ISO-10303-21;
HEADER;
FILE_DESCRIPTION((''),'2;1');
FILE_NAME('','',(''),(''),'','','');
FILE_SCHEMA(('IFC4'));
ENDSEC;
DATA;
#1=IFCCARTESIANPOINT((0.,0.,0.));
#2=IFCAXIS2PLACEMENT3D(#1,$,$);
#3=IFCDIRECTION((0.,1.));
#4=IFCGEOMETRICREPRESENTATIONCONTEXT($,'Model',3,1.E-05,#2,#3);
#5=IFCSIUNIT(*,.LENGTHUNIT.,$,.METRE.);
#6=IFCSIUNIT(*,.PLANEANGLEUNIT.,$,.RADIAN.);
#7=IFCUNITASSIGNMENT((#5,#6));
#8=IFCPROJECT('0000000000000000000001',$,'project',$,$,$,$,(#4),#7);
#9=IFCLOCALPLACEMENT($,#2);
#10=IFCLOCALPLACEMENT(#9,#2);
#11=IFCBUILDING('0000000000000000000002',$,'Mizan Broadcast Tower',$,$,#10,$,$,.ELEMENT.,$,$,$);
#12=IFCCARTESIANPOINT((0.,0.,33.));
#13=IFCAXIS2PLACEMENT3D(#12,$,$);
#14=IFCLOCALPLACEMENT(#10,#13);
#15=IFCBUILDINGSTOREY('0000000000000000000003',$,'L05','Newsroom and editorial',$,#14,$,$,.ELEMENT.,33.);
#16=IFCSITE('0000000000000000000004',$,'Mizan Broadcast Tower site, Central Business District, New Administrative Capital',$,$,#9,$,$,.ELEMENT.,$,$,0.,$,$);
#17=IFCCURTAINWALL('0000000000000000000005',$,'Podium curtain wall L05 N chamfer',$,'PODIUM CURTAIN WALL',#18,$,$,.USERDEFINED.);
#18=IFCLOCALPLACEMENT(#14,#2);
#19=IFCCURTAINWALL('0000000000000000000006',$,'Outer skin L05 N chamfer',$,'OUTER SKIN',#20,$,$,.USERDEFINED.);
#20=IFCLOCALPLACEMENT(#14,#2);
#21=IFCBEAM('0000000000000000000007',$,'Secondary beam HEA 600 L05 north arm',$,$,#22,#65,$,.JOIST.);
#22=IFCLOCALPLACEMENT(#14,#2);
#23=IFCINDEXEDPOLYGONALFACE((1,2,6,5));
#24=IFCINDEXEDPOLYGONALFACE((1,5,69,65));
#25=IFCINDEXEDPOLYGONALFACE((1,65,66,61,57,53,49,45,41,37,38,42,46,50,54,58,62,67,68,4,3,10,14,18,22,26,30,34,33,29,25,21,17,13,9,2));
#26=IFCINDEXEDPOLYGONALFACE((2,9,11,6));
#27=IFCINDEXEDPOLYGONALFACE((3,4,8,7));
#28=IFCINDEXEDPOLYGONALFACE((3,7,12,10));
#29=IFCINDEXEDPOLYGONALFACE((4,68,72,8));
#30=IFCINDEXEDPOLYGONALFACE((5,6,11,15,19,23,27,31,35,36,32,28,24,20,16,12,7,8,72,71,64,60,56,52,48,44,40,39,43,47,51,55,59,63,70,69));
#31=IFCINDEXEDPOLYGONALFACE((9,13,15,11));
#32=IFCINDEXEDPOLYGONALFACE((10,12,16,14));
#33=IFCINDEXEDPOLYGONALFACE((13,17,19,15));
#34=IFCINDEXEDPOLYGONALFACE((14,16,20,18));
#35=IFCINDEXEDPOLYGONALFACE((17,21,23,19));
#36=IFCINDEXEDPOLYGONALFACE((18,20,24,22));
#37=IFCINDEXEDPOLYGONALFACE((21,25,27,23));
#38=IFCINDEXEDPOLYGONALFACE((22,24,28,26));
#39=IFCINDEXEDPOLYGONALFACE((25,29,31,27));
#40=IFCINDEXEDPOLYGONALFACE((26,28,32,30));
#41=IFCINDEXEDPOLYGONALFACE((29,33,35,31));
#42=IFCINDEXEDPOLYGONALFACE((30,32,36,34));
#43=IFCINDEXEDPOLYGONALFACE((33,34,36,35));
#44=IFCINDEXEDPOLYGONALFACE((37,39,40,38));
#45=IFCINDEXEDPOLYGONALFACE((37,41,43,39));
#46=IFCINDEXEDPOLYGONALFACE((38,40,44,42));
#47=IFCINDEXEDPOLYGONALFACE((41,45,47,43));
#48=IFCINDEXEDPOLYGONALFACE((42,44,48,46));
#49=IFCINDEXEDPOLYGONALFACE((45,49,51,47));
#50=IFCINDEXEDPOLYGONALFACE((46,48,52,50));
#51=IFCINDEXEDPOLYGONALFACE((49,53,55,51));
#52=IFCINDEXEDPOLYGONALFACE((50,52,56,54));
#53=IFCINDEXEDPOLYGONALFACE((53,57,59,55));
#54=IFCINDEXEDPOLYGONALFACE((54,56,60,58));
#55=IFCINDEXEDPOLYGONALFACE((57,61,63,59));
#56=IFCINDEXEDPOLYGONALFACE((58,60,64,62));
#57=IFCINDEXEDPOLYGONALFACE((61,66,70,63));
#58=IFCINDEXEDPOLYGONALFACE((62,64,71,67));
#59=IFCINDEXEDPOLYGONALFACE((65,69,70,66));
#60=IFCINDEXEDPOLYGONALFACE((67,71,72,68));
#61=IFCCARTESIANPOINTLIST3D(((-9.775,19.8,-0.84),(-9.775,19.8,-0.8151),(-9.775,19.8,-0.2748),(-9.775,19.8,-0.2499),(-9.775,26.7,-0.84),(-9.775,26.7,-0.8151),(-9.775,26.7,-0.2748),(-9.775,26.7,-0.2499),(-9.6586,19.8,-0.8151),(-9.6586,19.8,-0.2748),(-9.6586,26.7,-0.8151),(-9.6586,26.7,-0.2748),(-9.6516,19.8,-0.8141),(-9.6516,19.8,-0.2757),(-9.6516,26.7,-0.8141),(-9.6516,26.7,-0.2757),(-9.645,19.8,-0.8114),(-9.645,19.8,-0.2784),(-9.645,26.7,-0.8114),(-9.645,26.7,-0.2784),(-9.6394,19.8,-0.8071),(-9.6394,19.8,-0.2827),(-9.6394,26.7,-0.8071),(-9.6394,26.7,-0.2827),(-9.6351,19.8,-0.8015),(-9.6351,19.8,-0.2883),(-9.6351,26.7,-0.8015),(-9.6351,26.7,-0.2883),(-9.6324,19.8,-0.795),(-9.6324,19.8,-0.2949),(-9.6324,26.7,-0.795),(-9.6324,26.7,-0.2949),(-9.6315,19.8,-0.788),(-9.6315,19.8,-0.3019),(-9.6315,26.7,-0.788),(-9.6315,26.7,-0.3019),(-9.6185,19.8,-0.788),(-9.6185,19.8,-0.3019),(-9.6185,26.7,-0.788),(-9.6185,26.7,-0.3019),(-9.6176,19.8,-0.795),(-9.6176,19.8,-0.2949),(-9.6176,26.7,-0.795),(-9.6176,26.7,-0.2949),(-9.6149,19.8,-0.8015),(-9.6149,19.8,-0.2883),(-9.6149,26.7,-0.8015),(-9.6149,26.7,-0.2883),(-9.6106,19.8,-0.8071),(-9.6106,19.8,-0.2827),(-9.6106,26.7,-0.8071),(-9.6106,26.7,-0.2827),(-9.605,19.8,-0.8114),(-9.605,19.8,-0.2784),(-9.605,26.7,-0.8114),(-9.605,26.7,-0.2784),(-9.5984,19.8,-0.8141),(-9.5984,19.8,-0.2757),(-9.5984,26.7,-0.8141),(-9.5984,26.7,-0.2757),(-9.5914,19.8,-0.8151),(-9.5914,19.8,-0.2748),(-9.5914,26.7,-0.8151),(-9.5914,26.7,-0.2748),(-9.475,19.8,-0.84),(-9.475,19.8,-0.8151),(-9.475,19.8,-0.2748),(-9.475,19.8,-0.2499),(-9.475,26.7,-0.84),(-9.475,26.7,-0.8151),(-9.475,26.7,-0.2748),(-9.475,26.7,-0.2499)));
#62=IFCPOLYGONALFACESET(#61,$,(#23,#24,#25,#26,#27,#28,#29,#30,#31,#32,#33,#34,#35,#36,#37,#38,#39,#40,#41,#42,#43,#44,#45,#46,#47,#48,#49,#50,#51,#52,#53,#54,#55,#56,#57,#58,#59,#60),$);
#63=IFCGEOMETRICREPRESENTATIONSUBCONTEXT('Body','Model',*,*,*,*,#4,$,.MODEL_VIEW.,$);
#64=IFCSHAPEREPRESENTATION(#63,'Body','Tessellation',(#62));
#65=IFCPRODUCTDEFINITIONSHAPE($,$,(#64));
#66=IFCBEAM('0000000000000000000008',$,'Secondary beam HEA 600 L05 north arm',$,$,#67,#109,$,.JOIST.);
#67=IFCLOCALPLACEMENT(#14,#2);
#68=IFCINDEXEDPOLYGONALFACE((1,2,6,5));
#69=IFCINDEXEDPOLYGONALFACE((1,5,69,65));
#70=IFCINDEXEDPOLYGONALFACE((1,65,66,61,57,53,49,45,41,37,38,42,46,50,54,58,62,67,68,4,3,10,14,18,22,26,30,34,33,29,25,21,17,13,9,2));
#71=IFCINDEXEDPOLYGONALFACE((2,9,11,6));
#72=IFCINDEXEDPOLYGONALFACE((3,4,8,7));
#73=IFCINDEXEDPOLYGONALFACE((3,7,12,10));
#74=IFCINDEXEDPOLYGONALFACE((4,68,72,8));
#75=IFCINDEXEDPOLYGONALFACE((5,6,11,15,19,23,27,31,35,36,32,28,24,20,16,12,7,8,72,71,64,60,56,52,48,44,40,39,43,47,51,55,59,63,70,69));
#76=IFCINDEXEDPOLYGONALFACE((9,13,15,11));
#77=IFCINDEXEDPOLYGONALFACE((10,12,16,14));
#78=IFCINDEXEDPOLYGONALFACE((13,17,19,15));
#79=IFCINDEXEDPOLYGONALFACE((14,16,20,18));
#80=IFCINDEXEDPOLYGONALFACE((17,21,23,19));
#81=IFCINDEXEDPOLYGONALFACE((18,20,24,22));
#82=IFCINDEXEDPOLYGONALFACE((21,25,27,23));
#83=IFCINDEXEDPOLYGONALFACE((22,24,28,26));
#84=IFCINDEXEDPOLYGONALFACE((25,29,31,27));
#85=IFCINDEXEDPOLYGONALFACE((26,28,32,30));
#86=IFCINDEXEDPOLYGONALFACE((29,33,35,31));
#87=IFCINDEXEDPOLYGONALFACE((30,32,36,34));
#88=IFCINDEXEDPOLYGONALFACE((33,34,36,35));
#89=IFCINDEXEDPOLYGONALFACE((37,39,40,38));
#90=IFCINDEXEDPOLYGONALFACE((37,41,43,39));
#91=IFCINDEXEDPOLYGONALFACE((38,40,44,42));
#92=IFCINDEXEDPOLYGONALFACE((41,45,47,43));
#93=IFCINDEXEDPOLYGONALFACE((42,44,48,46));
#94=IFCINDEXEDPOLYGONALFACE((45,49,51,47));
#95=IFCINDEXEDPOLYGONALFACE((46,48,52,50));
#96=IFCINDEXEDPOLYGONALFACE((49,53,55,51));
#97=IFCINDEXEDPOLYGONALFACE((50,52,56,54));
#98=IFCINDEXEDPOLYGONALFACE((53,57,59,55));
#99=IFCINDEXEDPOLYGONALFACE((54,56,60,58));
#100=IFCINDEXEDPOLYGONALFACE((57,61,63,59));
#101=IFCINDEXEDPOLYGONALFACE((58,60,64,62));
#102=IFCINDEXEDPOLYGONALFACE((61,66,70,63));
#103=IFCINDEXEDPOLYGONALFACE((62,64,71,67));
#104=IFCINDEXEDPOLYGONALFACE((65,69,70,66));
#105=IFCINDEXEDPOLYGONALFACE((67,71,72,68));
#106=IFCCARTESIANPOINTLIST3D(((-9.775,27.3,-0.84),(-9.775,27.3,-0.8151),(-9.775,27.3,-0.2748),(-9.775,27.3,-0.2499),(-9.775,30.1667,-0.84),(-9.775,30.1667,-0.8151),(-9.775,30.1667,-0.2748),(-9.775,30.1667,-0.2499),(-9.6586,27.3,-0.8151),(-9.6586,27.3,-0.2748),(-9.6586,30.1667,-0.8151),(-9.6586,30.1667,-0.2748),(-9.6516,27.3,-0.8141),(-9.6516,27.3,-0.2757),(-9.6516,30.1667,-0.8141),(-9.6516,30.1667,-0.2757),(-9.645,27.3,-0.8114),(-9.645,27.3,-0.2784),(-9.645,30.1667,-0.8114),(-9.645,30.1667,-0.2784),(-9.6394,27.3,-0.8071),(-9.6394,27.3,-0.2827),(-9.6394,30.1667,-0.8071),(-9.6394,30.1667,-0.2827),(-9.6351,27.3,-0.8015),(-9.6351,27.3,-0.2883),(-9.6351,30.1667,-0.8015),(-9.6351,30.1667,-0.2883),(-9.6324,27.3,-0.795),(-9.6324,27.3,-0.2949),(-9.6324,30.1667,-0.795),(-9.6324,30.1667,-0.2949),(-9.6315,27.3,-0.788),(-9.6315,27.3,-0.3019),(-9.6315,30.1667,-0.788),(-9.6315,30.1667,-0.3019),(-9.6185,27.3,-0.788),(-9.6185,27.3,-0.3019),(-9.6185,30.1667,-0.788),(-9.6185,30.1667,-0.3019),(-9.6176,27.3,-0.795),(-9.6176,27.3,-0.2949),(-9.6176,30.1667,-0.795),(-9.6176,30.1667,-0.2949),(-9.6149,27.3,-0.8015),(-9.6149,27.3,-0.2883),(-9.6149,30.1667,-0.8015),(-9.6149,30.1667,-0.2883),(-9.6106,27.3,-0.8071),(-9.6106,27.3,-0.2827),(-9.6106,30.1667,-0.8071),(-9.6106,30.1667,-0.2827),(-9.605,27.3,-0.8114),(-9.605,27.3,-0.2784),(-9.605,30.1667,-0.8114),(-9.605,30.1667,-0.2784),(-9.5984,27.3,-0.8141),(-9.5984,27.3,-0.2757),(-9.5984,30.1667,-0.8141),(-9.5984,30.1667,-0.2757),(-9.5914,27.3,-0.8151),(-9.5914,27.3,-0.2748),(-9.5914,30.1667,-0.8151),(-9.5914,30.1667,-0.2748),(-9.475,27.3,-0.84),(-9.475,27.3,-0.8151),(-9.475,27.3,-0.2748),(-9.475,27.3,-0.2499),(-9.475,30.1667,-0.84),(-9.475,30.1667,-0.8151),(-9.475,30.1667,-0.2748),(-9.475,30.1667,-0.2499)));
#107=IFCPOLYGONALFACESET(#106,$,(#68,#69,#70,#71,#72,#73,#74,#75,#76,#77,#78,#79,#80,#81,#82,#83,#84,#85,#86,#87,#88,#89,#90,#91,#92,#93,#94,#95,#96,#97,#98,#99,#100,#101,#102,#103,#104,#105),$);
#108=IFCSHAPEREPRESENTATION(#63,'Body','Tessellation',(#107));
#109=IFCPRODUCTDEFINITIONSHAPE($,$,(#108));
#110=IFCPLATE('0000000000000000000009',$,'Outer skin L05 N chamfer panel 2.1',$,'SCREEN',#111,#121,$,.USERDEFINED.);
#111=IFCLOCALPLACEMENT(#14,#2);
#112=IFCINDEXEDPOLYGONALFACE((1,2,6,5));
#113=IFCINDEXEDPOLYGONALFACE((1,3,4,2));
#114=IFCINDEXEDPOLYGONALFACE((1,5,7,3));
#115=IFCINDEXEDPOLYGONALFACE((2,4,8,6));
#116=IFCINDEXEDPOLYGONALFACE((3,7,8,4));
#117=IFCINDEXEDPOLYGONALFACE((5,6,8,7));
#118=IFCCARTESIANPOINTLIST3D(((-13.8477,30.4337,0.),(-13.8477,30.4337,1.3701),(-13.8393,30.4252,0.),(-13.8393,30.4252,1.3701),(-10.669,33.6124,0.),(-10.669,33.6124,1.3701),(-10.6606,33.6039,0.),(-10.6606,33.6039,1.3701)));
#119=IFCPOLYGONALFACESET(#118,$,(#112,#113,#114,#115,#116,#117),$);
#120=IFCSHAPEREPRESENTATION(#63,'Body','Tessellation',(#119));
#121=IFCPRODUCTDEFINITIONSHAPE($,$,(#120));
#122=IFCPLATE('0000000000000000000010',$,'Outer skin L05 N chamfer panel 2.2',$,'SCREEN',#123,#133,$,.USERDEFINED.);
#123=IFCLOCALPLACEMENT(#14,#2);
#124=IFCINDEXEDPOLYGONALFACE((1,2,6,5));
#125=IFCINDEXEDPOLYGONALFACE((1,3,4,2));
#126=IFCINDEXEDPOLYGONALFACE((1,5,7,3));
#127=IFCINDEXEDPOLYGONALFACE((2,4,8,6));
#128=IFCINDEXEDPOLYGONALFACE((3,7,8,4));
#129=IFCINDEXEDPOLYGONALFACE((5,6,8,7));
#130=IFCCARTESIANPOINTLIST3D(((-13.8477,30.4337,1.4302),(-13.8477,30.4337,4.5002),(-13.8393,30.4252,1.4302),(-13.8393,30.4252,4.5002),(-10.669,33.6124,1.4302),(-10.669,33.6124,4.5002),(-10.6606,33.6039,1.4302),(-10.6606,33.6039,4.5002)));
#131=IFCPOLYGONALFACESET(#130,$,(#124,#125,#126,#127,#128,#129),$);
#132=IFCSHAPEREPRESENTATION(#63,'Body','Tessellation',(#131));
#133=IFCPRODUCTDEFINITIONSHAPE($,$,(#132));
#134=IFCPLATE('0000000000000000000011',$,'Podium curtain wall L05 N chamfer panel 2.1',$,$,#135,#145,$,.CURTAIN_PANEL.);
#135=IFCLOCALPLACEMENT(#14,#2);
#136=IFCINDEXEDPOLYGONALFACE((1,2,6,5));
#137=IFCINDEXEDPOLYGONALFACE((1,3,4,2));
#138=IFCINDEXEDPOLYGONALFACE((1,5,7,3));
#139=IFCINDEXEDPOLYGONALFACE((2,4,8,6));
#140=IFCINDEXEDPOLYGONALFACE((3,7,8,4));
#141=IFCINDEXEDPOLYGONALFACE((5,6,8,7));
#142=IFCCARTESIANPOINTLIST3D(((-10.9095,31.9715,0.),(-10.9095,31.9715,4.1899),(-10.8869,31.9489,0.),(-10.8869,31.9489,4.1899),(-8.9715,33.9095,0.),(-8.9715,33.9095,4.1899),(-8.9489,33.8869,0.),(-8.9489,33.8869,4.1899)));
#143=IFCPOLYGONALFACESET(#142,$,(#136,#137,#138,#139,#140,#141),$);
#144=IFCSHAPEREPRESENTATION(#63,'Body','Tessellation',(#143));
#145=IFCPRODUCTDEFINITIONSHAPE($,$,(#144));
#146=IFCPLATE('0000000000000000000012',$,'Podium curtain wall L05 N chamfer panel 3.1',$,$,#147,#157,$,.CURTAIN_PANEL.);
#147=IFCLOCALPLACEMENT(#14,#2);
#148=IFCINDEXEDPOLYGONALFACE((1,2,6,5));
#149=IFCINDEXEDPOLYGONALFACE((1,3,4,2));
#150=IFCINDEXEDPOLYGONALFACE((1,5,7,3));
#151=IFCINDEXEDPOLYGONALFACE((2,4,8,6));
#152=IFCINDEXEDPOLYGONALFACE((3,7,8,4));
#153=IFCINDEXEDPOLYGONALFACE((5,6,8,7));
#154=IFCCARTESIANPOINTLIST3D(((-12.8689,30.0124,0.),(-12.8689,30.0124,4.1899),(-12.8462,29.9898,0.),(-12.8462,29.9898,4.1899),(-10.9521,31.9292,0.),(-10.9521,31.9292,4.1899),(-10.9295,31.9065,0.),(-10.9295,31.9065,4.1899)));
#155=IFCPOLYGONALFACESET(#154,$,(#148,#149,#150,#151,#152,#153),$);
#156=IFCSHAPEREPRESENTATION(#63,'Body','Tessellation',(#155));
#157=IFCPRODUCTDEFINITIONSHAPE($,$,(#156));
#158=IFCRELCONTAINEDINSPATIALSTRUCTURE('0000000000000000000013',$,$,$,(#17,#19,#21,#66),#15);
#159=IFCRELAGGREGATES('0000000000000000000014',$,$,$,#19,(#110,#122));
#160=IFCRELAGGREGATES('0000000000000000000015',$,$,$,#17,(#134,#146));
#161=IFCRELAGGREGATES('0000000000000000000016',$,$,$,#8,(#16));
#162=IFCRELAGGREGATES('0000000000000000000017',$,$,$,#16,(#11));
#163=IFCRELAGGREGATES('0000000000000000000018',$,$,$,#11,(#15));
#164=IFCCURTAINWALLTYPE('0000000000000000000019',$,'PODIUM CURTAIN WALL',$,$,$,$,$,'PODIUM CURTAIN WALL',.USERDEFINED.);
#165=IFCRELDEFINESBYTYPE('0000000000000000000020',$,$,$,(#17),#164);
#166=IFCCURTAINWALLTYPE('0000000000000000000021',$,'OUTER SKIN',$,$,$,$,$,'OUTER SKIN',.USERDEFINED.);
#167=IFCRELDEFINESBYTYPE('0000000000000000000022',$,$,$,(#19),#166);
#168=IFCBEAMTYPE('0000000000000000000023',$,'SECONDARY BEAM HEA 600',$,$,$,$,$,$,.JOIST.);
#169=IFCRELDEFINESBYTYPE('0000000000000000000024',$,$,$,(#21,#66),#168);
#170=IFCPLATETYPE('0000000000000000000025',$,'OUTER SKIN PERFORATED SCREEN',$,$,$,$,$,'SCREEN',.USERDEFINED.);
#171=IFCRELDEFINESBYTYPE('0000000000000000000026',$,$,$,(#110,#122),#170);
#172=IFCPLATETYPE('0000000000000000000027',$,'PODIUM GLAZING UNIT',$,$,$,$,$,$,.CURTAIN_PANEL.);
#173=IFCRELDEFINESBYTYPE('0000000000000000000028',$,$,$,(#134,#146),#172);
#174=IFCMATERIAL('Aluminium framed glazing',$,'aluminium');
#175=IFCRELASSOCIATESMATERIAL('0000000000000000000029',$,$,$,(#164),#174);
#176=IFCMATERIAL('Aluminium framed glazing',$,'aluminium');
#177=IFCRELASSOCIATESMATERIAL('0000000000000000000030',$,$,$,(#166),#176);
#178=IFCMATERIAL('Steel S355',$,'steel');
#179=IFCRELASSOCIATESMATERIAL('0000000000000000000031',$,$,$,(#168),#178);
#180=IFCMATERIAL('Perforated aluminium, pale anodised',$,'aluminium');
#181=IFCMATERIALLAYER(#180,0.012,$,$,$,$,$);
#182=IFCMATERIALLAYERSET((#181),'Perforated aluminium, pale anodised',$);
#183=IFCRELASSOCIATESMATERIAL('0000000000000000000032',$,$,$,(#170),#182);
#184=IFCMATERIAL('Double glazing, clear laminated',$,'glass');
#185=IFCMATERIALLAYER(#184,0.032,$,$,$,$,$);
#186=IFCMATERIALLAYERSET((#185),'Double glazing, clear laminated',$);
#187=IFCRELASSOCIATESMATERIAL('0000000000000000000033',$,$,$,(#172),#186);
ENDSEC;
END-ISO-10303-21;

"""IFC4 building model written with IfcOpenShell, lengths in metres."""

from ifc_helpers import new_model, si_unit, direction, frame, origin, origin_2d, place, context, subcontext, project, spatial, rectangle, i_section, extrude, material, layer, layer_set, material_profile, profile_set, type_object, element, aggregate, save


model = new_model("IFC4")

# Units and contexts
model_context = context("Model", 3, precision=1e-05, world=origin(), true_north=direction((0.0, 1.0)))
body_context = subcontext(model_context, "Body", "Model", "MODEL_VIEW")
ifc_project = project(units=[si_unit("LENGTHUNIT", "METRE"), si_unit("PLANEANGLEUNIT", "RADIAN")], contexts=[model_context])

# Site, building, storey
site_placement = place(None, origin())
site = spatial("IfcSite", under=ifc_project, at=site_placement, Name="Mizan Broadcast Tower site, Central Business District, New Administrative Capital", CompositionType="ELEMENT", RefElevation=0.0)
building_placement = place(site_placement, origin())
building = spatial("IfcBuilding", under=site, at=building_placement, Name="Mizan Broadcast Tower", CompositionType="ELEMENT")
storey_placement = place(building_placement, frame((0.0, 0.0, 33.0)))
storey = spatial("IfcBuildingStorey", under=building, at=storey_placement, Name="L05", Description="Newsroom and editorial", CompositionType="ELEMENT", Elevation=33.0)

# Curtain wall
ifc_material_1 = material(Name="Aluminium framed glazing", Category="aluminium")
curtain_wall_type_1 = type_object("IfcCurtainWallType", Name="PODIUM CURTAIN WALL", ElementType="PODIUM CURTAIN WALL", PredefinedType="USERDEFINED", material=ifc_material_1)
curtain_wall_1_placement = place(storey_placement, origin())
curtain_wall_1 = element("IfcCurtainWall", 1, at=curtain_wall_1_placement, inside=storey, type_object=curtain_wall_type_1, Name="Podium curtain wall L05 N chamfer", ObjectType="PODIUM CURTAIN WALL", PredefinedType="USERDEFINED")

# Curtain wall
ifc_material_2 = material(Name="Aluminium framed glazing", Category="aluminium")
curtain_wall_type_2 = type_object("IfcCurtainWallType", Name="OUTER SKIN", ElementType="OUTER SKIN", PredefinedType="USERDEFINED", material=ifc_material_2)
curtain_wall_2_placement = place(storey_placement, origin())
curtain_wall_2 = element("IfcCurtainWall", 2, at=curtain_wall_2_placement, inside=storey, type_object=curtain_wall_type_2, Name="Outer skin L05 N chamfer", ObjectType="OUTER SKIN", PredefinedType="USERDEFINED")

# Beams
ifc_material_3 = material(Name="Steel S355", Category="steel")
ifc_material_profile_1 = material_profile(ifc_material_3, i_section(OverallWidth=0.3, OverallDepth=0.5901, WebThickness=0.0129, FlangeThickness=0.0249, FilletRadius=0.0271, at=origin_2d()), Name="HEA 600")
ifc_profile_set_1 = profile_set([ifc_material_profile_1], Name="Steel S355")
beam_type_1 = type_object("IfcBeamType", Name="SECONDARY BEAM HEA 600", PredefinedType="JOIST", material=ifc_profile_set_1)
beam_1_placement = place(storey_placement, frame((-9.625, 19.8, -0.5449), z_axis=(0.0, 1.0, 0.0), x_axis=(-1.0, 0.0, 0.0)))
element("IfcBeam", 3, at=beam_1_placement, inside=storey, type_object=beam_type_1, Name="Secondary beam HEA 600 L05 north arm", PredefinedType="JOIST", context=body_context, shape_type="SweptSolid", body=[
    extrude(i_section(OverallWidth=0.3, OverallDepth=0.5901, WebThickness=0.0129, FlangeThickness=0.0249, FilletRadius=0.0271, at=origin_2d()), origin(), (0.0, 0.0, 1.0), 6.8999),
])
beam_2_placement = place(storey_placement, frame((-9.625, 27.3, -0.5449), z_axis=(0.0, 1.0, 0.0), x_axis=(-1.0, 0.0, 0.0)))
element("IfcBeam", 4, at=beam_2_placement, inside=storey, type_object=beam_type_1, Name="Secondary beam HEA 600 L05 north arm", PredefinedType="JOIST", context=body_context, shape_type="SweptSolid", body=[
    extrude(i_section(OverallWidth=0.3, OverallDepth=0.5901, WebThickness=0.0129, FlangeThickness=0.0249, FilletRadius=0.0271, at=origin_2d()), origin(), (0.0, 0.0, 1.0), 2.8667),
])

# Plates
ifc_material_4 = material(Name="Perforated aluminium, pale anodised", Category="aluminium")
ifc_layer_1 = layer(ifc_material_4, 0.012)
ifc_layer_set_1 = layer_set([ifc_layer_1], Name="Perforated aluminium, pale anodised")
plate_type_1 = type_object("IfcPlateType", Name="OUTER SKIN PERFORATED SCREEN", ElementType="SCREEN", PredefinedType="USERDEFINED", material=ifc_layer_set_1)
plate_1_placement = place(storey_placement, frame((-12.2542, 32.0188, 0.0), z_axis=(0.0, 0.0, 1.0), x_axis=(-0.707107, -0.707107, 0.0)))
plate_1 = element("IfcPlate", 5, at=plate_1_placement, type_object=plate_type_1, Name="Outer skin L05 N chamfer panel 2.1", ObjectType="SCREEN", PredefinedType="USERDEFINED", context=body_context, shape_type="SweptSolid", body=[
    extrude(rectangle(XDim=4.4954, YDim=0.012, at=origin_2d()), origin(), (0.0, 0.0, 1.0), 1.3701),
])
plate_2_placement = place(storey_placement, frame((-12.2542, 32.0188, 1.4302), z_axis=(0.0, 0.0, 1.0), x_axis=(-0.707107, -0.707107, 0.0)))
plate_2 = element("IfcPlate", 6, at=plate_2_placement, type_object=plate_type_1, Name="Outer skin L05 N chamfer panel 2.2", ObjectType="SCREEN", PredefinedType="USERDEFINED", context=body_context, shape_type="SweptSolid", body=[
    extrude(rectangle(XDim=4.4954, YDim=0.012, at=origin_2d()), origin(), (0.0, 0.0, 1.0), 3.0701),
])
aggregate(curtain_wall_2, [plate_1, plate_2])
ifc_material_5 = material(Name="Double glazing, clear laminated", Category="glass")
ifc_layer_2 = layer(ifc_material_5, 0.032)
ifc_layer_set_2 = layer_set([ifc_layer_2], Name="Double glazing, clear laminated")
plate_type_2 = type_object("IfcPlateType", Name="PODIUM GLAZING UNIT", PredefinedType="CURTAIN_PANEL", material=ifc_layer_set_2)
plate_3_placement = place(storey_placement, frame((-9.9292, 32.9292, 0.0), z_axis=(0.0, 0.0, 1.0), x_axis=(-0.707107, -0.707107, 0.0)))
plate_3 = element("IfcPlate", 7, at=plate_3_placement, type_object=plate_type_2, Name="Podium curtain wall L05 N chamfer panel 2.1", PredefinedType="CURTAIN_PANEL", context=body_context, shape_type="SweptSolid", body=[
    extrude(rectangle(XDim=2.7407, YDim=0.032, at=origin_2d()), origin(), (0.0, 0.0, 1.0), 4.1899),
])
plate_4_placement = place(storey_placement, frame((-11.8992, 30.9595, 0.0), z_axis=(0.0, 0.0, 1.0), x_axis=(-0.707107, -0.707107, 0.0)))
plate_4 = element("IfcPlate", 8, at=plate_4_placement, type_object=plate_type_2, Name="Podium curtain wall L05 N chamfer panel 3.1", PredefinedType="CURTAIN_PANEL", context=body_context, shape_type="SweptSolid", body=[
    extrude(rectangle(XDim=2.7107, YDim=0.032, at=origin_2d()), origin(), (0.0, 0.0, 1.0), 4.1899),
])
aggregate(curtain_wall_1, [plate_3, plate_4])

save(model, "model.ifc")
